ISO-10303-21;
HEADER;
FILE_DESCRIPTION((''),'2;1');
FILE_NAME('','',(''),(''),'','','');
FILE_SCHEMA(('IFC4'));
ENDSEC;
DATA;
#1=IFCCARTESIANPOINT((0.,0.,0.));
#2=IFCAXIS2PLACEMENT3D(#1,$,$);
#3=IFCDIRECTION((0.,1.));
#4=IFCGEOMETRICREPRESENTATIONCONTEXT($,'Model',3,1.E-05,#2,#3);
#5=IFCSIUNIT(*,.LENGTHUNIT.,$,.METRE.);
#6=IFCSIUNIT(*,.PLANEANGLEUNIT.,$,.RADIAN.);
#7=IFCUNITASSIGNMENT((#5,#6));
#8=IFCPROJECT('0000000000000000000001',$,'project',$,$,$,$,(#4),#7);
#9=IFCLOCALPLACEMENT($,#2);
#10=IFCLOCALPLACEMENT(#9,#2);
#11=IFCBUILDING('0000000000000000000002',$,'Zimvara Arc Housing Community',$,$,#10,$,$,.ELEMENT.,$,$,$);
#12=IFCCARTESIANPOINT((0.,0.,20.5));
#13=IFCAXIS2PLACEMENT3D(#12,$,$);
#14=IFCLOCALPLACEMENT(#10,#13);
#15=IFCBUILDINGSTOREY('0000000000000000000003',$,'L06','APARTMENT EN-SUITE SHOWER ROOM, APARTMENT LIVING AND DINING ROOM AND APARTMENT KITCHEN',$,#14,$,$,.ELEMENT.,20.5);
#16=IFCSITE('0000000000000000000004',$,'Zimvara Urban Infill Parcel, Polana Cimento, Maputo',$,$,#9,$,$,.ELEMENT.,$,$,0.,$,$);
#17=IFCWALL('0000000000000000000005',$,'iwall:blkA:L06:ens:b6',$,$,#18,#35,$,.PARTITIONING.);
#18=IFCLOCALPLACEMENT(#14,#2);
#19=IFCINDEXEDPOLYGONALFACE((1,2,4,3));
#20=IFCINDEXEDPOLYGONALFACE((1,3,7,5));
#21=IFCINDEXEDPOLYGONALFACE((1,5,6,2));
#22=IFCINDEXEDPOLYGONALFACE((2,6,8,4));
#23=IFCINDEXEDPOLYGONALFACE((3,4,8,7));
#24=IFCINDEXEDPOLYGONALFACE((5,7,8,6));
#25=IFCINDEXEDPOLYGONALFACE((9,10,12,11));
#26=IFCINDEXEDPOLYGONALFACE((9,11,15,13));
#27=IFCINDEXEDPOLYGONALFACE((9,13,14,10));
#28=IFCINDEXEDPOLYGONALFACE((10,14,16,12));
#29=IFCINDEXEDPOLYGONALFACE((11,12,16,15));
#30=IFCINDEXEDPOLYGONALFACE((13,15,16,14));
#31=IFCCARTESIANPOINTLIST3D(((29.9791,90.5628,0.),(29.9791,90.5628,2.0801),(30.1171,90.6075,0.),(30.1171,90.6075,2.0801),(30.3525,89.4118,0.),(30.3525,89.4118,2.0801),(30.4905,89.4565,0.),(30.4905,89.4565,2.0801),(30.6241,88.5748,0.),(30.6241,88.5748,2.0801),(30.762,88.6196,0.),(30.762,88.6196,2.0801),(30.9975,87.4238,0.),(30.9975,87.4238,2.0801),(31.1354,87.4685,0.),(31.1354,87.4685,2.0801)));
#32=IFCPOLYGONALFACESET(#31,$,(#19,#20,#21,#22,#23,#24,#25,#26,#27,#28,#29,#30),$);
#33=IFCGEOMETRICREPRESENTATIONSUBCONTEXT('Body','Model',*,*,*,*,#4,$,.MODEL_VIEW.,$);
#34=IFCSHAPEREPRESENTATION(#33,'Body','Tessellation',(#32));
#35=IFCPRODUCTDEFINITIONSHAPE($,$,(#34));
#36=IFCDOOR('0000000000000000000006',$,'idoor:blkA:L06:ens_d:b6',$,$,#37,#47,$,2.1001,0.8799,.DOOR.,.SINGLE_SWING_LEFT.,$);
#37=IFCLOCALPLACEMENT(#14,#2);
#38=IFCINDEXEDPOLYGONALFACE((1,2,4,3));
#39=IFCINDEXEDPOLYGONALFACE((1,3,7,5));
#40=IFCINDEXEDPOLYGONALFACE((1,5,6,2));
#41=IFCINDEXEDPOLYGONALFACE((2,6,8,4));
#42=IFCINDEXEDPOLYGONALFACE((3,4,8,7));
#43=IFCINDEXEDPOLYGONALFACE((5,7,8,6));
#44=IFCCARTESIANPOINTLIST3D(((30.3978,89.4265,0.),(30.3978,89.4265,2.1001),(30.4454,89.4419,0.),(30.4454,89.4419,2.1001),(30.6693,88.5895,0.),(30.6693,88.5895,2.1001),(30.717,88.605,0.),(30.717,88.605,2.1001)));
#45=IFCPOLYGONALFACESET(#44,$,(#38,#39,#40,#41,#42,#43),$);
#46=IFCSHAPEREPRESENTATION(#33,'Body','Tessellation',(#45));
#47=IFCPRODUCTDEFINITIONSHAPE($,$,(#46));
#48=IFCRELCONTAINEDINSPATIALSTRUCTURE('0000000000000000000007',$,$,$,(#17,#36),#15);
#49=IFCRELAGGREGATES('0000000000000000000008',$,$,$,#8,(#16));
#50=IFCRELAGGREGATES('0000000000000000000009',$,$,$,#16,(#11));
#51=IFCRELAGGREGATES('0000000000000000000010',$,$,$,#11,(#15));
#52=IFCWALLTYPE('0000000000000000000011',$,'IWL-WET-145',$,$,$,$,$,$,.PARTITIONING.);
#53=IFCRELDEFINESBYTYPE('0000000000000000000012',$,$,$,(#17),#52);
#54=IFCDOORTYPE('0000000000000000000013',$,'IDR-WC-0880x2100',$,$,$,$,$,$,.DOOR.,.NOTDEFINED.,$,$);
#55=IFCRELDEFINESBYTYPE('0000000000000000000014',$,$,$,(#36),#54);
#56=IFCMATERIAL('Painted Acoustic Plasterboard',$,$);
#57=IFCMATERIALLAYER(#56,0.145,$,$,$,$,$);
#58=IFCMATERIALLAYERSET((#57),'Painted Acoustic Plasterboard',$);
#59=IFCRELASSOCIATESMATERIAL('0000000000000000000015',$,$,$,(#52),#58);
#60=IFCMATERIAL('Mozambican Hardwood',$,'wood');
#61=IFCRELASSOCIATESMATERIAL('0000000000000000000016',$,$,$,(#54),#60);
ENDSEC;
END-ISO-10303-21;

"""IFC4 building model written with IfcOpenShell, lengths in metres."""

from ifc_helpers import new_model, si_unit, direction, frame, frame_2d, origin, place, context, subcontext, project, spatial, rectangle, extrude, material, layer, layer_set, type_object, element, fill, save


model = new_model("IFC4")

# Units and contexts
model_context = context("Model", 3, precision=1e-05, world=origin(), true_north=direction((0.0, 1.0)))
body_context = subcontext(model_context, "Body", "Model", "MODEL_VIEW")
ifc_project = project(units=[si_unit("LENGTHUNIT", "METRE"), si_unit("PLANEANGLEUNIT", "RADIAN")], contexts=[model_context])

# Site, building, storey
site_placement = place(None, origin())
site = spatial("IfcSite", under=ifc_project, at=site_placement, Name="Zimvara Urban Infill Parcel, Polana Cimento, Maputo", CompositionType="ELEMENT", RefElevation=0.0)
building_placement = place(site_placement, origin())
building = spatial("IfcBuilding", under=site, at=building_placement, Name="Zimvara Arc Housing Community", CompositionType="ELEMENT")
storey_placement = place(building_placement, frame((0.0, 0.0, 20.5)))
storey = spatial("IfcBuildingStorey", under=building, at=storey_placement, Name="L06", Description="APARTMENT EN-SUITE SHOWER ROOM, APARTMENT LIVING AND DINING ROOM AND APARTMENT KITCHEN", CompositionType="ELEMENT", Elevation=20.5)

# Wall, opening, door
ifc_material_1 = material(Name="Painted Acoustic Plasterboard")
ifc_layer_1 = layer(ifc_material_1, 0.145)
ifc_layer_set_1 = layer_set([ifc_layer_1], Name="Painted Acoustic Plasterboard")
wall_type = type_object("IfcWallType", Name="IWL-WET-145", PredefinedType="PARTITIONING", material=ifc_layer_set_1)
wall_placement = place(storey_placement, frame((31.0664, 87.4463, 0.0), z_axis=(0.0, 0.0, 1.0), x_axis=(-0.308582, 0.951198, 0.0)))
wall = element("IfcWall", 1, at=wall_placement, inside=storey, type_object=wall_type, Name="iwall:blkA:L06:ens:b6", PredefinedType="PARTITIONING", context=body_context, shape_type="SweptSolid", body=[
    extrude(rectangle(XDim=3.3, YDim=0.145, at=frame_2d((1.6499, 0.0))), origin(), (0.0, 0.0, 1.0), 2.0801),
])
opening_placement = place(wall_placement, frame((1.21, 0.0, 0.0)))
opening = element("IfcOpeningElement", 2, at=opening_placement, cuts=wall, PredefinedType="OPENING", context=body_context, shape_type="SweptSolid", body=[
    extrude(rectangle(XDim=0.8799, YDim=2.1001, at=frame_2d((0.4399, 1.05))), frame((0.0, 0.0825, 0.0), z_axis=(0.0, -1.0, 0.0), x_axis=(1.0, 0.0, 0.0)), (0.0, 0.0, 1.0), 0.165),
])
ifc_material_2 = material(Name="Mozambican Hardwood", Category="wood")
door_type = type_object("IfcDoorType", Name="IDR-WC-0880x2100", OperationType="NOTDEFINED", PredefinedType="DOOR", material=ifc_material_2)
door_placement = place(opening_placement, origin())
door = element("IfcDoor", 3, at=door_placement, inside=storey, type_object=door_type, Name="idoor:blkA:L06:ens_d:b6", OperationType="SINGLE_SWING_LEFT", OverallHeight=2.1001, OverallWidth=0.8799, PredefinedType="DOOR", context=body_context, shape_type="SweptSolid", body=[
    extrude(rectangle(XDim=0.8799, YDim=2.1001, at=frame_2d((0.4399, 1.05))), frame((0.0, 0.0249, 0.0), z_axis=(0.0, -1.0, 0.0), x_axis=(1.0, 0.0, 0.0)), (0.0, 0.0, 1.0), 0.05),
])
fill(opening, door)

save(model, "model.ifc")
